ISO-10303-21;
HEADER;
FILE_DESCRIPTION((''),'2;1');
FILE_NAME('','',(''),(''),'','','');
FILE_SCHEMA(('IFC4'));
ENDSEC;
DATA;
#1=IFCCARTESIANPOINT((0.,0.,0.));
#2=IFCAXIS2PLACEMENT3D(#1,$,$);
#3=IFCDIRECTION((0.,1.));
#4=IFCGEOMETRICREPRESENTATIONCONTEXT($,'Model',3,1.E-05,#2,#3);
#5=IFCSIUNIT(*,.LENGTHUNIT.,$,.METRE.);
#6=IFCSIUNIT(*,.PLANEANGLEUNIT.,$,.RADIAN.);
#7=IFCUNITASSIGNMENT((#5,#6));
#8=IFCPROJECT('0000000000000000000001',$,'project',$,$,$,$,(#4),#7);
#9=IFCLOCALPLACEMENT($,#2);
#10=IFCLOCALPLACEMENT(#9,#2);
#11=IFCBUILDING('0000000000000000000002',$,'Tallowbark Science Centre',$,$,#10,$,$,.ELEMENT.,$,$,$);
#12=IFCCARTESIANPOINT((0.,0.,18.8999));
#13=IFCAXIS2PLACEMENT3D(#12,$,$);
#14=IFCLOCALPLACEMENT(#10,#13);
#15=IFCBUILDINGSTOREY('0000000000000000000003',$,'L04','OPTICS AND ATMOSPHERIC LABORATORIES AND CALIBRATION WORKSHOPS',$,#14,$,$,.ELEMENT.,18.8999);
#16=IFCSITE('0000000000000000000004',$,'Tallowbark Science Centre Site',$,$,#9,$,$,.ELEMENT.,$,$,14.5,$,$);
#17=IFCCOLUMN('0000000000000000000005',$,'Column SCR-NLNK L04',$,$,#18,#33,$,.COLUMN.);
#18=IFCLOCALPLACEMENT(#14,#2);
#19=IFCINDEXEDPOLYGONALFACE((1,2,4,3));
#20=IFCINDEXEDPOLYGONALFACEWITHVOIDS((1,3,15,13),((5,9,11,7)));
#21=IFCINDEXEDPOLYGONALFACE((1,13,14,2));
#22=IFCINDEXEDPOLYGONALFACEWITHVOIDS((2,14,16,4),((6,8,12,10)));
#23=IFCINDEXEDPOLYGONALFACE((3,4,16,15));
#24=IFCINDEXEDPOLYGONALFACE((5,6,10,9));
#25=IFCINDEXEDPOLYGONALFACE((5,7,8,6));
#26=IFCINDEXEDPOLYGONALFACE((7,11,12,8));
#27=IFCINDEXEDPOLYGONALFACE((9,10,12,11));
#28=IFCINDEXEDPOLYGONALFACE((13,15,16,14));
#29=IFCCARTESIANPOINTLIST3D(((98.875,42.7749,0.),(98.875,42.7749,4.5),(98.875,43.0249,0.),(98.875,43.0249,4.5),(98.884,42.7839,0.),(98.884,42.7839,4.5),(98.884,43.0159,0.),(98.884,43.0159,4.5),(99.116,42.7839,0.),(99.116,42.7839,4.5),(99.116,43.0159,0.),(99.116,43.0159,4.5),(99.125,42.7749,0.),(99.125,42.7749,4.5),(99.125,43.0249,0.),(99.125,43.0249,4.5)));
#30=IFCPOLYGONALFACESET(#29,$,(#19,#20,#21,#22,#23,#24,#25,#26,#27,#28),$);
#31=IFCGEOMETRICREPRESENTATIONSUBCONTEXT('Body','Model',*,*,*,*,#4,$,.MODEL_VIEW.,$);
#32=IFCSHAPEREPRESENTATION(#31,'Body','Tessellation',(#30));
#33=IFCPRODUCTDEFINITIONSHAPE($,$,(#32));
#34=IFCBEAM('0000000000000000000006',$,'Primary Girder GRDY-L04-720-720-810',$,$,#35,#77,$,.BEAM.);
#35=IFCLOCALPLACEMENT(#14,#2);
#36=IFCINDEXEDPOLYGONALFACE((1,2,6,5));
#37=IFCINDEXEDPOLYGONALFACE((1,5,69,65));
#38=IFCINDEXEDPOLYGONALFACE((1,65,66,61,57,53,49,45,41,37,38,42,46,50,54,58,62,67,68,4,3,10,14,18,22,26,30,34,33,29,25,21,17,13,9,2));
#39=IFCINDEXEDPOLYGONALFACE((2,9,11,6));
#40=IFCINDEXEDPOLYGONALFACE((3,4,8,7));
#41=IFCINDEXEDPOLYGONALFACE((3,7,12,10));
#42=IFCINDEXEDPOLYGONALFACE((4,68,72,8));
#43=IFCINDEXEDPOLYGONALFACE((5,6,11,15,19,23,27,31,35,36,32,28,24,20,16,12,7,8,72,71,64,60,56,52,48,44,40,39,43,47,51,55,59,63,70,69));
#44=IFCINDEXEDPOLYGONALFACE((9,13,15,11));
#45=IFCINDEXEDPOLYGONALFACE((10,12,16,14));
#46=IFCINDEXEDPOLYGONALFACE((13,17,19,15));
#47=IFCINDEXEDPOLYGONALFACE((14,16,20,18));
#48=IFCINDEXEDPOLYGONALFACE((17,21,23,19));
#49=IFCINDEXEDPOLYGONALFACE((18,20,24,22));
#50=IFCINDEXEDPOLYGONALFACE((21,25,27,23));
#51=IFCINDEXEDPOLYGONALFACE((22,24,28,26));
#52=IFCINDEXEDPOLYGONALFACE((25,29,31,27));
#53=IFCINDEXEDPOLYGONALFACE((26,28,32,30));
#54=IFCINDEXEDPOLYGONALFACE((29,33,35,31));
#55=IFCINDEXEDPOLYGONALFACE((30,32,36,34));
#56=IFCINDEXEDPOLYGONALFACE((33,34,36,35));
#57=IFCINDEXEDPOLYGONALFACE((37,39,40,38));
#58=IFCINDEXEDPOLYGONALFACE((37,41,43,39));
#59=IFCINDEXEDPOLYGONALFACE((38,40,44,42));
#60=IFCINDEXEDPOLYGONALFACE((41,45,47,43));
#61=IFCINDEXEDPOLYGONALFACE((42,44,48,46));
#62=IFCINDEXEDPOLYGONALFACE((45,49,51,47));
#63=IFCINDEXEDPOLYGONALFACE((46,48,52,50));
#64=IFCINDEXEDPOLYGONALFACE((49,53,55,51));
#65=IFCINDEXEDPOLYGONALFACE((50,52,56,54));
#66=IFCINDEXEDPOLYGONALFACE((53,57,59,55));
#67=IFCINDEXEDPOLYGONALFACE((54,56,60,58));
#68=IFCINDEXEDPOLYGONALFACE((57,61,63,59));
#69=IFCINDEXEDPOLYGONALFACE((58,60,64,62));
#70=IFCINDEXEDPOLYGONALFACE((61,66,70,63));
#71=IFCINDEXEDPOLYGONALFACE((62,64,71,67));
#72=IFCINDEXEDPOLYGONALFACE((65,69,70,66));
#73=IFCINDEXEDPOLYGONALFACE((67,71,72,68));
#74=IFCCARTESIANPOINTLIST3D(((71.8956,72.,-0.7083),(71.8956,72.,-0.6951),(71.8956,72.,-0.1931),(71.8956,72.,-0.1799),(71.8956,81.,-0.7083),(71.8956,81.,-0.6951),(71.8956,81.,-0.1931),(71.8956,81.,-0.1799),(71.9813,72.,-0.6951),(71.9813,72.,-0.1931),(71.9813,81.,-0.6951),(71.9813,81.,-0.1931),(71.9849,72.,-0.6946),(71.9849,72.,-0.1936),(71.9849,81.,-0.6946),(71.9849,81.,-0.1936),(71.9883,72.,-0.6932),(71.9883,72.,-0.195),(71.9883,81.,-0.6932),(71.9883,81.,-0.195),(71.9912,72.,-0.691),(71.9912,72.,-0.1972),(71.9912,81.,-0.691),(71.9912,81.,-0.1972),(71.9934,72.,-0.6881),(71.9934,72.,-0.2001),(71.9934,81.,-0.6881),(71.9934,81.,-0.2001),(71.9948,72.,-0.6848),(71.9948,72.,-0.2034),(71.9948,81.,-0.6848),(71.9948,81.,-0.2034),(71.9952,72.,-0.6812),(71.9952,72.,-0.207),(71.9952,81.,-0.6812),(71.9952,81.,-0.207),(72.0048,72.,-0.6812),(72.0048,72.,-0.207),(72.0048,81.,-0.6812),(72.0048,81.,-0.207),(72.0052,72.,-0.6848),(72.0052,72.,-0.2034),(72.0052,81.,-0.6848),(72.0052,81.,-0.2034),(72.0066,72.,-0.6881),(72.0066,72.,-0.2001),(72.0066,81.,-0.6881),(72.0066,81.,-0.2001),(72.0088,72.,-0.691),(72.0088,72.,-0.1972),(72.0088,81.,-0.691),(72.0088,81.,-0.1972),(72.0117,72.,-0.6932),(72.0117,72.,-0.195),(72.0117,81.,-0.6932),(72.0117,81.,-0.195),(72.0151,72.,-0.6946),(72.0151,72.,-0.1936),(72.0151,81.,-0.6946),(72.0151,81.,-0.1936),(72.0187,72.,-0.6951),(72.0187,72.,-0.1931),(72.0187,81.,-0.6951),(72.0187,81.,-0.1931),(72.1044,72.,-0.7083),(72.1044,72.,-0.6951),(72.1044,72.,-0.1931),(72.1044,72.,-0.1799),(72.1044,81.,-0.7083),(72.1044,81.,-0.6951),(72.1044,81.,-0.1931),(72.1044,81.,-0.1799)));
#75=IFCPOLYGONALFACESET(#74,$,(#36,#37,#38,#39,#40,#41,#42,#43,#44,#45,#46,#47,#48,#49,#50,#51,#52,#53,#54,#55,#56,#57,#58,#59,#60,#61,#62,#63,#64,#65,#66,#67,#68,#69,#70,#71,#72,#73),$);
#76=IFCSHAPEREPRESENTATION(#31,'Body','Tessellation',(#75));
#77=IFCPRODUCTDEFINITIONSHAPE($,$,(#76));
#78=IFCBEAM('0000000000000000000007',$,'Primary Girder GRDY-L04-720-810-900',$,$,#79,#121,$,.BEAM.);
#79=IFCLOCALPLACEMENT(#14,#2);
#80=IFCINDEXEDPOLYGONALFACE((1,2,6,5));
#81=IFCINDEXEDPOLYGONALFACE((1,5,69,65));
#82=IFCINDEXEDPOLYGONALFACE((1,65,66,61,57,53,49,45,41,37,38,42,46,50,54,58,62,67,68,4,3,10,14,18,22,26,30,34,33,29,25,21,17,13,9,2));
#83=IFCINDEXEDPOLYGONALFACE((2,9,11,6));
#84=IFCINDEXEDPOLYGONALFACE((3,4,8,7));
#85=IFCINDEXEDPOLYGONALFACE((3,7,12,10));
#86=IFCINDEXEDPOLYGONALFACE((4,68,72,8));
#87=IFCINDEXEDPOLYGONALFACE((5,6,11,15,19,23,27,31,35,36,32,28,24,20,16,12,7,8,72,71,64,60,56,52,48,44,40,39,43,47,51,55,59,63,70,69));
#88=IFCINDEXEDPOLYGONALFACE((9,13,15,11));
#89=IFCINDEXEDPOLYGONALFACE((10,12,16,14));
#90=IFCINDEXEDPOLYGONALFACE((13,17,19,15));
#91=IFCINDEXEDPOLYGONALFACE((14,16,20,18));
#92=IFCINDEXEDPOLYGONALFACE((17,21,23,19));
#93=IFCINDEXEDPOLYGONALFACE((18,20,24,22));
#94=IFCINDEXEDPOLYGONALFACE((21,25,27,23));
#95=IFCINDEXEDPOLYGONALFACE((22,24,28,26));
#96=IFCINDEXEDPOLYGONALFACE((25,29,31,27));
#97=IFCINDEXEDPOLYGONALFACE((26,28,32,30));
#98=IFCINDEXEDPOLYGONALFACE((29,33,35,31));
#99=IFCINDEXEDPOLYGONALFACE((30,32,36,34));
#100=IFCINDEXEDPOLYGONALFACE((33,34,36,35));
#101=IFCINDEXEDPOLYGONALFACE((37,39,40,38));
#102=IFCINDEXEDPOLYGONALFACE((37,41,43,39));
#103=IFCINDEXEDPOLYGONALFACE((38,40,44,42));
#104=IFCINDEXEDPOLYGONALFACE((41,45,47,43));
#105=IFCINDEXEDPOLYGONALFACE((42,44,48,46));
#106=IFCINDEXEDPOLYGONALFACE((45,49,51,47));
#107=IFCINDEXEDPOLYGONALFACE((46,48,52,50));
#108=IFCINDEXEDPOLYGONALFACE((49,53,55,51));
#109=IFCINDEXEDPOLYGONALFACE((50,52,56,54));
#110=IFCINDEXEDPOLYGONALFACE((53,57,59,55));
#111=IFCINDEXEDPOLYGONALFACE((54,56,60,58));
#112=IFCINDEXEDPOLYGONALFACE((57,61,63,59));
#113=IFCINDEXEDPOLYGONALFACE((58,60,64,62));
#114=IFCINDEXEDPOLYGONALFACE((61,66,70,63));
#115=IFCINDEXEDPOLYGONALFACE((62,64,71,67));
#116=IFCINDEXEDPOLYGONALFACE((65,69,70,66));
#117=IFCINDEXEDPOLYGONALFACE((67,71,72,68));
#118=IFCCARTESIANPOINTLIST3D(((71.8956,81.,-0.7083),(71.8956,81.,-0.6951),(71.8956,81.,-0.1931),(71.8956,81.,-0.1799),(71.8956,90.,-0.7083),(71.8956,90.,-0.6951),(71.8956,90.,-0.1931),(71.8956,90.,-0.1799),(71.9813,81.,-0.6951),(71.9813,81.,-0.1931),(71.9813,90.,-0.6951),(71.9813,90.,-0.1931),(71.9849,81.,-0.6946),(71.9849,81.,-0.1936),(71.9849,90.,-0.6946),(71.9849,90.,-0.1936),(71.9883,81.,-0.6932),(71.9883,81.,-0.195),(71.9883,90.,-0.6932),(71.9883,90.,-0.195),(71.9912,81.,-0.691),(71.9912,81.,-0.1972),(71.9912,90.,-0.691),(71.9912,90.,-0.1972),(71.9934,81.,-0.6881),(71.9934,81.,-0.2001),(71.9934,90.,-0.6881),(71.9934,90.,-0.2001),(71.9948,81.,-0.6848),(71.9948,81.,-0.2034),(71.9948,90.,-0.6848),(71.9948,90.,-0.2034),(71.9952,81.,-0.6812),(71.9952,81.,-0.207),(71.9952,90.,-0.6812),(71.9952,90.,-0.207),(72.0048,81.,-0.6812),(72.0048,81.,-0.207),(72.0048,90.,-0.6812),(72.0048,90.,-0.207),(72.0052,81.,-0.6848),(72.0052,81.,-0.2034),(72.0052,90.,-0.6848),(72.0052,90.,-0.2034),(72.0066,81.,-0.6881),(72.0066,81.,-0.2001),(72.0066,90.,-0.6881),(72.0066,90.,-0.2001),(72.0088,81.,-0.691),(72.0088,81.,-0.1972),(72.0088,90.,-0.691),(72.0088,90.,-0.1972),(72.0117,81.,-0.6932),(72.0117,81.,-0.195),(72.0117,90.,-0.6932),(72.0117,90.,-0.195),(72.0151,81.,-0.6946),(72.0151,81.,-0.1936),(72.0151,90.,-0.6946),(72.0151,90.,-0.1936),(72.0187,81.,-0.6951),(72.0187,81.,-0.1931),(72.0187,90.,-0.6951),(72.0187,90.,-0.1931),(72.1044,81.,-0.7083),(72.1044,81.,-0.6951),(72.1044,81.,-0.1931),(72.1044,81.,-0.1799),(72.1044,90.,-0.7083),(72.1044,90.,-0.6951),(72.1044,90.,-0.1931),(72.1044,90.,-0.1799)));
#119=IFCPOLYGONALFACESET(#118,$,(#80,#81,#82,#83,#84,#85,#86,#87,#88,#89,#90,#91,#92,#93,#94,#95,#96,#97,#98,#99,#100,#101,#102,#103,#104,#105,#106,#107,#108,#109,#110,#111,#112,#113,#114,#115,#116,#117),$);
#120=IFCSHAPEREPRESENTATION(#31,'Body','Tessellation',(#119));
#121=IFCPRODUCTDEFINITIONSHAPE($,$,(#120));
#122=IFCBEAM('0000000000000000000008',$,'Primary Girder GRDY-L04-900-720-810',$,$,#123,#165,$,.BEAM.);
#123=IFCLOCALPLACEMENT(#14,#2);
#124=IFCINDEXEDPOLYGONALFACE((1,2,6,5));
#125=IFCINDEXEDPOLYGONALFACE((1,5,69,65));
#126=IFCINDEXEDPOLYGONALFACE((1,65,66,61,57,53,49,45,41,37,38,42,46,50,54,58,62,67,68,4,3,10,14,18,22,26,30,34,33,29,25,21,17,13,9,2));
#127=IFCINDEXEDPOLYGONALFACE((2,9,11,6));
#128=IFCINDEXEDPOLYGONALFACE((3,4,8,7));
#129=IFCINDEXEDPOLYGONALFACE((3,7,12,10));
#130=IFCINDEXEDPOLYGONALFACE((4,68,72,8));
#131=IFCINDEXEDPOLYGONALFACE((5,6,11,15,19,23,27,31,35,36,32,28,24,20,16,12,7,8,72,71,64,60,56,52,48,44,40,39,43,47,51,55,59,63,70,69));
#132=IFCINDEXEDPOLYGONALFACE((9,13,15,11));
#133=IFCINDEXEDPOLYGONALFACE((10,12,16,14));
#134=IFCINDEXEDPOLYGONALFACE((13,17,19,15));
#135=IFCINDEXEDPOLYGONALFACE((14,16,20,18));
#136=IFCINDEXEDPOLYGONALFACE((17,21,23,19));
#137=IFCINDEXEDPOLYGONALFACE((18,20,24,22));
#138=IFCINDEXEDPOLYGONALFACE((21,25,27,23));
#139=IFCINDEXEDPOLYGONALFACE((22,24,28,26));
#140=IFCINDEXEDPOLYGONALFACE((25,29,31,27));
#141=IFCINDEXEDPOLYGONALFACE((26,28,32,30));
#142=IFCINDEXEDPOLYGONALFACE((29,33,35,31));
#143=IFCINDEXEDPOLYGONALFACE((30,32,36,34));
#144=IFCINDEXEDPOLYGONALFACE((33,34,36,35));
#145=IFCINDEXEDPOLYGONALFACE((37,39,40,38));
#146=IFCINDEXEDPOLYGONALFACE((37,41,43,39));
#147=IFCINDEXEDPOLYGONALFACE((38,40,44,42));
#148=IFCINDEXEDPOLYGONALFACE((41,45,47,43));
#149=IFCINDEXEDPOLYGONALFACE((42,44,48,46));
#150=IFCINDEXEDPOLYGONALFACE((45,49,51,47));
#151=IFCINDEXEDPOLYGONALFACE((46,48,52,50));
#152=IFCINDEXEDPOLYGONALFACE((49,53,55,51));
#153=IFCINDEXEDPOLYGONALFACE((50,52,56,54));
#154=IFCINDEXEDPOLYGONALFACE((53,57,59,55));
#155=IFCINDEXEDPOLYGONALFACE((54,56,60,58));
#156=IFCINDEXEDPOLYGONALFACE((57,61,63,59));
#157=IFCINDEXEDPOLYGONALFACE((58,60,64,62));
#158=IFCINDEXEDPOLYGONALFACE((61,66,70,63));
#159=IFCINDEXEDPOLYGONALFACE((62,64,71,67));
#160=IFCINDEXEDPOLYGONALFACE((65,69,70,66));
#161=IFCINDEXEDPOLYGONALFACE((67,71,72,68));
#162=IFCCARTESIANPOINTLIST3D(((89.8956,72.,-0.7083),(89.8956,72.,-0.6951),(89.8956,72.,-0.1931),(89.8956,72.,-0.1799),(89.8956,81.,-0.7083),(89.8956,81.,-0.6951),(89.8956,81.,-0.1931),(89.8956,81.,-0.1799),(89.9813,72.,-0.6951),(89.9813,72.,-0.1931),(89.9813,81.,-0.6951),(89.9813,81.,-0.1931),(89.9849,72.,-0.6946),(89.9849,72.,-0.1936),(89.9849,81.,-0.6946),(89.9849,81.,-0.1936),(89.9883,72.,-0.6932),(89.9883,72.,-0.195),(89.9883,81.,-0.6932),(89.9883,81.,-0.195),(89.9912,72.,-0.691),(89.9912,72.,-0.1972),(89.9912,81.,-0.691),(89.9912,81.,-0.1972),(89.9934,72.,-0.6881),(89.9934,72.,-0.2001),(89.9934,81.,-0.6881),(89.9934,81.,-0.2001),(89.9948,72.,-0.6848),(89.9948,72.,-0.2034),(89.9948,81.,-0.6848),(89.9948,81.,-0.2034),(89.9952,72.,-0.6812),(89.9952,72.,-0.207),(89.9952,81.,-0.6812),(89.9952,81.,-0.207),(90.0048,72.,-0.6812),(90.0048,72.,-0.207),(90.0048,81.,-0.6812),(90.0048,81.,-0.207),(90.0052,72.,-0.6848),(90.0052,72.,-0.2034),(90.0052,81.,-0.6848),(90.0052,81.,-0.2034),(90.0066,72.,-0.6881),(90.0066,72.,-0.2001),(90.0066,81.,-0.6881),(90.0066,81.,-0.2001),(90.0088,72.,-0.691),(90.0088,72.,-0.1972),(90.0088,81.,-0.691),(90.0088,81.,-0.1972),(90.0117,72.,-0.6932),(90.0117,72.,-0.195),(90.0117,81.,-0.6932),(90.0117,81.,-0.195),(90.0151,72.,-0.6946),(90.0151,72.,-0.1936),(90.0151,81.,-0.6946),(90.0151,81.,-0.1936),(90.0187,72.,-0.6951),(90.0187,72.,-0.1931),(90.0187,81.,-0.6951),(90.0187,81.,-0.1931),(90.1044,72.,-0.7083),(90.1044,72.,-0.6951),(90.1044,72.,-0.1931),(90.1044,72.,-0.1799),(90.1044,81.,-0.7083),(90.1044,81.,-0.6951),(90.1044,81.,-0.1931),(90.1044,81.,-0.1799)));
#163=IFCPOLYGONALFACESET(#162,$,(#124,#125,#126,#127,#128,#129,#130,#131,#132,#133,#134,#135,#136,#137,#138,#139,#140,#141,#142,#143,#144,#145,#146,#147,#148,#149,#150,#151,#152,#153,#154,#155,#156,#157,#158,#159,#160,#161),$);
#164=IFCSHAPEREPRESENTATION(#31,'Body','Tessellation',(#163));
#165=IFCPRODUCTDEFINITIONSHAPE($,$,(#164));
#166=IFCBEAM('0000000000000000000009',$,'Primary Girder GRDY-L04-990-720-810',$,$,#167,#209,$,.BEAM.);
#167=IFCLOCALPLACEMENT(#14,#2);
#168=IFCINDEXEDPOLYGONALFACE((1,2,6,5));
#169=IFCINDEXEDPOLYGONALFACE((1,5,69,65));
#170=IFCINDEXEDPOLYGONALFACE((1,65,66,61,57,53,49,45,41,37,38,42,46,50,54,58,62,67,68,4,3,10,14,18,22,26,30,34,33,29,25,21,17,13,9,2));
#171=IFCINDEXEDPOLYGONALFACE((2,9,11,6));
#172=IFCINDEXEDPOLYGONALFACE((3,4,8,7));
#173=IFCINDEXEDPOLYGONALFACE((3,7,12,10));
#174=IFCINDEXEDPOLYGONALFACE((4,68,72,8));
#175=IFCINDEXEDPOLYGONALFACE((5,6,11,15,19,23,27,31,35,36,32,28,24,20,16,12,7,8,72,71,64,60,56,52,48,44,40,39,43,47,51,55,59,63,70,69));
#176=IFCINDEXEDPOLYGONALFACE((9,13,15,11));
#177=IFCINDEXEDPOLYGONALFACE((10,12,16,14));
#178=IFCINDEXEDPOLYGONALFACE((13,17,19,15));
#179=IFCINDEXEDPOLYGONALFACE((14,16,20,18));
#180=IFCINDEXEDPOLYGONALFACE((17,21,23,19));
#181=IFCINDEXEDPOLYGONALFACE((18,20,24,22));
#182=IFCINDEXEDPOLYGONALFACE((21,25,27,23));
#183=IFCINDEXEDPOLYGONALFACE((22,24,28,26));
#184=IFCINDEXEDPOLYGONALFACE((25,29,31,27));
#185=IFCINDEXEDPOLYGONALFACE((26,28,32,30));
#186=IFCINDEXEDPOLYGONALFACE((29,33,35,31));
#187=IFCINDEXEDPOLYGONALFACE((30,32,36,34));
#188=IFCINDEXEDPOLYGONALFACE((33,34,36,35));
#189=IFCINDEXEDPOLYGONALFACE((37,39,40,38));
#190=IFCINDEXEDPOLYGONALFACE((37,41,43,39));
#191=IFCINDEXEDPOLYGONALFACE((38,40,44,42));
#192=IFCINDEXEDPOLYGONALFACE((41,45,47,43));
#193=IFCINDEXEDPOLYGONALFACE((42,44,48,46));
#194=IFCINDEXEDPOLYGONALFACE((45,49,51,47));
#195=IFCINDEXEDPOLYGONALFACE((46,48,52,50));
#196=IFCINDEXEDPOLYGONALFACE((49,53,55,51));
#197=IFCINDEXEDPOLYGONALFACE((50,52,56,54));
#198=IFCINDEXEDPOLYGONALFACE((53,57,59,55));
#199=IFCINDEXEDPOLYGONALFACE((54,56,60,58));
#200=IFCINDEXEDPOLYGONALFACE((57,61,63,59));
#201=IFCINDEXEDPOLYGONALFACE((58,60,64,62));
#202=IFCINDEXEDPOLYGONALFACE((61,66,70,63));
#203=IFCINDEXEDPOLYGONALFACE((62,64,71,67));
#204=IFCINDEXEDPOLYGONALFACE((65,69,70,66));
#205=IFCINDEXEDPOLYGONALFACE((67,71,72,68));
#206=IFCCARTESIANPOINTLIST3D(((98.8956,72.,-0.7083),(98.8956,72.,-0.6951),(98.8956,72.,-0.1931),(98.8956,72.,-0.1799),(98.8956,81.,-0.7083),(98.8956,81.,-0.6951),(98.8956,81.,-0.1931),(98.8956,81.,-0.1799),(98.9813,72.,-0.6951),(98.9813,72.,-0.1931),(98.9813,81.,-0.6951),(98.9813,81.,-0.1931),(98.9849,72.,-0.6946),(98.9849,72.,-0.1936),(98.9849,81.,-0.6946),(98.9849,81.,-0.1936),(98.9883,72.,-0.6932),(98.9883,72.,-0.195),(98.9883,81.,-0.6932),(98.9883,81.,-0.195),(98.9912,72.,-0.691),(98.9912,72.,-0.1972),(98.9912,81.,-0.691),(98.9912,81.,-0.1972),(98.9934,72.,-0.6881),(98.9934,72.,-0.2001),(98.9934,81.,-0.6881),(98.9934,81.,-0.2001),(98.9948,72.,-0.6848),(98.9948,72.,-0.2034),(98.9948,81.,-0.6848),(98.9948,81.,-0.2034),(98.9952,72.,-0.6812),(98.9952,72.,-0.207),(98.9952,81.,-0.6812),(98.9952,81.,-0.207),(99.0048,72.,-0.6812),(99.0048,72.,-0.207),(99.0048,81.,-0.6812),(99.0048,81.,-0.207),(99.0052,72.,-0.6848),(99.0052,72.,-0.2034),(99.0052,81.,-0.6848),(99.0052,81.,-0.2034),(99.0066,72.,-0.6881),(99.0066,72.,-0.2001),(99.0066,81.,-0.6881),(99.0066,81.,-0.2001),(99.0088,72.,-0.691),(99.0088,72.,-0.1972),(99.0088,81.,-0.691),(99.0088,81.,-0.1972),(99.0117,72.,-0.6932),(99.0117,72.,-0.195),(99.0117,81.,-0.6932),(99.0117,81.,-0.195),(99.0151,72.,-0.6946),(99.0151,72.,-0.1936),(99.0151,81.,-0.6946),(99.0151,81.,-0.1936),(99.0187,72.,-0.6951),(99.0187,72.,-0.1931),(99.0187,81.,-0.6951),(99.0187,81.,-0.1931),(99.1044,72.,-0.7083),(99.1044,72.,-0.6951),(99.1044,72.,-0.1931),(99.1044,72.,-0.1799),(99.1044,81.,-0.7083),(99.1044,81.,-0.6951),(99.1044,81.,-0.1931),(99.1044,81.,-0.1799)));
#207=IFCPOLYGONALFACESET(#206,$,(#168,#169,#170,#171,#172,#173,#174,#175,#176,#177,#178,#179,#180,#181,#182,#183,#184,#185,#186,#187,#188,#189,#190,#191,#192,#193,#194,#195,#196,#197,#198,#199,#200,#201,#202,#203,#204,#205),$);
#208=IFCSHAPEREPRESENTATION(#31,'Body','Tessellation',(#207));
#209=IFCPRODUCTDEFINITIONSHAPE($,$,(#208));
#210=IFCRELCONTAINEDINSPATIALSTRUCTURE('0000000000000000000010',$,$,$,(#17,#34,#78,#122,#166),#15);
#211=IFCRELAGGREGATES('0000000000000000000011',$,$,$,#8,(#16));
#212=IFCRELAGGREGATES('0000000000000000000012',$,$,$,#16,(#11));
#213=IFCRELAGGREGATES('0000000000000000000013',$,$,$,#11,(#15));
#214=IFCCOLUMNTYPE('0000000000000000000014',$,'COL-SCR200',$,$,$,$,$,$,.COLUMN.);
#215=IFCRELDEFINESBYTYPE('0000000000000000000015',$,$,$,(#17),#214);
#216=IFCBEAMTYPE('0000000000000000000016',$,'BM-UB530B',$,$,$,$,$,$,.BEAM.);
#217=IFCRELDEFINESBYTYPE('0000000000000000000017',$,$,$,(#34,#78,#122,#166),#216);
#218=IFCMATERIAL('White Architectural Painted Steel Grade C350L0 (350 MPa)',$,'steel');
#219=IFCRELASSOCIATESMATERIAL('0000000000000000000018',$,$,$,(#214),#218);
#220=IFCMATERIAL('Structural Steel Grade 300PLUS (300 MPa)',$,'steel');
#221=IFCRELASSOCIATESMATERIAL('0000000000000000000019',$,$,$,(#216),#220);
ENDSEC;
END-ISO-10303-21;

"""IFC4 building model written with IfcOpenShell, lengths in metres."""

from ifc_helpers import new_model, si_unit, direction, frame, origin, origin_2d, place, context, subcontext, project, spatial, hollow_rectangle, i_section, extrude, material, material_profile, profile_set, type_object, element, save


model = new_model("IFC4")

# Units and contexts
model_context = context("Model", 3, precision=1e-05, world=origin(), true_north=direction((0.0, 1.0)))
body_context = subcontext(model_context, "Body", "Model", "MODEL_VIEW")
ifc_project = project(units=[si_unit("LENGTHUNIT", "METRE"), si_unit("PLANEANGLEUNIT", "RADIAN")], contexts=[model_context])

# Site, building, storey
site_placement = place(None, origin())
site = spatial("IfcSite", under=ifc_project, at=site_placement, Name="Tallowbark Science Centre Site", CompositionType="ELEMENT", RefElevation=14.5)
building_placement = place(site_placement, origin())
building = spatial("IfcBuilding", under=site, at=building_placement, Name="Tallowbark Science Centre", CompositionType="ELEMENT")
storey_placement = place(building_placement, frame((0.0, 0.0, 18.8999)))
storey = spatial("IfcBuildingStorey", under=building, at=storey_placement, Name="L04", Description="OPTICS AND ATMOSPHERIC LABORATORIES AND CALIBRATION WORKSHOPS", CompositionType="ELEMENT", Elevation=18.8999)

# Column
ifc_material_1 = material(Name="White Architectural Painted Steel Grade C350L0 (350 MPa)", Category="steel")
ifc_material_profile_1 = material_profile(ifc_material_1, hollow_rectangle(XDim=0.25, YDim=0.25, WallThickness=0.009, at=origin_2d()), Name="250x250x9.0SHS")
ifc_profile_set_1 = profile_set([ifc_material_profile_1], Name="White Architectural Painted Steel Grade C350L0 (350 MPa)")
column_type = type_object("IfcColumnType", Name="COL-SCR200", PredefinedType="COLUMN", material=ifc_profile_set_1)
column_placement = place(storey_placement, frame((99.0, 42.8999, 0.0), z_axis=(0.0, 0.0, 1.0), x_axis=(1.0, 0.0, 0.0)))
element("IfcColumn", 1, at=column_placement, inside=storey, type_object=column_type, Name="Column SCR-NLNK L04", PredefinedType="COLUMN", context=body_context, shape_type="SweptSolid", body=[
    extrude(hollow_rectangle(XDim=0.25, YDim=0.25, WallThickness=0.009, at=origin_2d()), origin(), (0.0, 0.0, 1.0), 4.5),
])

# Beams
ifc_material_2 = material(Name="Structural Steel Grade 300PLUS (300 MPa)", Category="steel")
ifc_material_profile_2 = material_profile(ifc_material_2, i_section(OverallWidth=0.2087, OverallDepth=0.5283, WebThickness=0.0095, FlangeThickness=0.0132, FilletRadius=0.0139, at=origin_2d()), Name="530UB82.0")
ifc_profile_set_2 = profile_set([ifc_material_profile_2], Name="Structural Steel Grade 300PLUS (300 MPa)")
beam_type_1 = type_object("IfcBeamType", Name="BM-UB530B", PredefinedType="BEAM", material=ifc_profile_set_2)
for number, where, z_axis, x_axis, name in (
    (2, (72.0, 72.0, -0.4441), (0.0, 1.0, 0.0), (-1.0, 0.0, 0.0), "Primary Girder GRDY-L04-720-720-810"),
    (3, (72.0, 81.0, -0.4441), (0.0, 1.0, 0.0), (-1.0, 0.0, 0.0), "Primary Girder GRDY-L04-720-810-900"),
    (4, (90.0, 72.0, -0.4441), (0.0, 1.0, 0.0), (-1.0, 0.0, 0.0), "Primary Girder GRDY-L04-900-720-810"),
    (5, (99.0, 72.0, -0.4441), (0.0, 1.0, 0.0), (-1.0, 0.0, 0.0), "Primary Girder GRDY-L04-990-720-810"),
):
    element("IfcBeam", number, at=place(storey_placement, frame(where, z_axis=z_axis, x_axis=x_axis)), inside=storey, type_object=beam_type_1, Name=name, PredefinedType="BEAM", context=body_context, shape_type="SweptSolid", body=[
        extrude(i_section(OverallWidth=0.2087, OverallDepth=0.5283, WebThickness=0.0095, FlangeThickness=0.0132, FilletRadius=0.0139, at=origin_2d()), origin(), (0.0, 0.0, 1.0), 9.0),
    ])

save(model, "model.ifc")
